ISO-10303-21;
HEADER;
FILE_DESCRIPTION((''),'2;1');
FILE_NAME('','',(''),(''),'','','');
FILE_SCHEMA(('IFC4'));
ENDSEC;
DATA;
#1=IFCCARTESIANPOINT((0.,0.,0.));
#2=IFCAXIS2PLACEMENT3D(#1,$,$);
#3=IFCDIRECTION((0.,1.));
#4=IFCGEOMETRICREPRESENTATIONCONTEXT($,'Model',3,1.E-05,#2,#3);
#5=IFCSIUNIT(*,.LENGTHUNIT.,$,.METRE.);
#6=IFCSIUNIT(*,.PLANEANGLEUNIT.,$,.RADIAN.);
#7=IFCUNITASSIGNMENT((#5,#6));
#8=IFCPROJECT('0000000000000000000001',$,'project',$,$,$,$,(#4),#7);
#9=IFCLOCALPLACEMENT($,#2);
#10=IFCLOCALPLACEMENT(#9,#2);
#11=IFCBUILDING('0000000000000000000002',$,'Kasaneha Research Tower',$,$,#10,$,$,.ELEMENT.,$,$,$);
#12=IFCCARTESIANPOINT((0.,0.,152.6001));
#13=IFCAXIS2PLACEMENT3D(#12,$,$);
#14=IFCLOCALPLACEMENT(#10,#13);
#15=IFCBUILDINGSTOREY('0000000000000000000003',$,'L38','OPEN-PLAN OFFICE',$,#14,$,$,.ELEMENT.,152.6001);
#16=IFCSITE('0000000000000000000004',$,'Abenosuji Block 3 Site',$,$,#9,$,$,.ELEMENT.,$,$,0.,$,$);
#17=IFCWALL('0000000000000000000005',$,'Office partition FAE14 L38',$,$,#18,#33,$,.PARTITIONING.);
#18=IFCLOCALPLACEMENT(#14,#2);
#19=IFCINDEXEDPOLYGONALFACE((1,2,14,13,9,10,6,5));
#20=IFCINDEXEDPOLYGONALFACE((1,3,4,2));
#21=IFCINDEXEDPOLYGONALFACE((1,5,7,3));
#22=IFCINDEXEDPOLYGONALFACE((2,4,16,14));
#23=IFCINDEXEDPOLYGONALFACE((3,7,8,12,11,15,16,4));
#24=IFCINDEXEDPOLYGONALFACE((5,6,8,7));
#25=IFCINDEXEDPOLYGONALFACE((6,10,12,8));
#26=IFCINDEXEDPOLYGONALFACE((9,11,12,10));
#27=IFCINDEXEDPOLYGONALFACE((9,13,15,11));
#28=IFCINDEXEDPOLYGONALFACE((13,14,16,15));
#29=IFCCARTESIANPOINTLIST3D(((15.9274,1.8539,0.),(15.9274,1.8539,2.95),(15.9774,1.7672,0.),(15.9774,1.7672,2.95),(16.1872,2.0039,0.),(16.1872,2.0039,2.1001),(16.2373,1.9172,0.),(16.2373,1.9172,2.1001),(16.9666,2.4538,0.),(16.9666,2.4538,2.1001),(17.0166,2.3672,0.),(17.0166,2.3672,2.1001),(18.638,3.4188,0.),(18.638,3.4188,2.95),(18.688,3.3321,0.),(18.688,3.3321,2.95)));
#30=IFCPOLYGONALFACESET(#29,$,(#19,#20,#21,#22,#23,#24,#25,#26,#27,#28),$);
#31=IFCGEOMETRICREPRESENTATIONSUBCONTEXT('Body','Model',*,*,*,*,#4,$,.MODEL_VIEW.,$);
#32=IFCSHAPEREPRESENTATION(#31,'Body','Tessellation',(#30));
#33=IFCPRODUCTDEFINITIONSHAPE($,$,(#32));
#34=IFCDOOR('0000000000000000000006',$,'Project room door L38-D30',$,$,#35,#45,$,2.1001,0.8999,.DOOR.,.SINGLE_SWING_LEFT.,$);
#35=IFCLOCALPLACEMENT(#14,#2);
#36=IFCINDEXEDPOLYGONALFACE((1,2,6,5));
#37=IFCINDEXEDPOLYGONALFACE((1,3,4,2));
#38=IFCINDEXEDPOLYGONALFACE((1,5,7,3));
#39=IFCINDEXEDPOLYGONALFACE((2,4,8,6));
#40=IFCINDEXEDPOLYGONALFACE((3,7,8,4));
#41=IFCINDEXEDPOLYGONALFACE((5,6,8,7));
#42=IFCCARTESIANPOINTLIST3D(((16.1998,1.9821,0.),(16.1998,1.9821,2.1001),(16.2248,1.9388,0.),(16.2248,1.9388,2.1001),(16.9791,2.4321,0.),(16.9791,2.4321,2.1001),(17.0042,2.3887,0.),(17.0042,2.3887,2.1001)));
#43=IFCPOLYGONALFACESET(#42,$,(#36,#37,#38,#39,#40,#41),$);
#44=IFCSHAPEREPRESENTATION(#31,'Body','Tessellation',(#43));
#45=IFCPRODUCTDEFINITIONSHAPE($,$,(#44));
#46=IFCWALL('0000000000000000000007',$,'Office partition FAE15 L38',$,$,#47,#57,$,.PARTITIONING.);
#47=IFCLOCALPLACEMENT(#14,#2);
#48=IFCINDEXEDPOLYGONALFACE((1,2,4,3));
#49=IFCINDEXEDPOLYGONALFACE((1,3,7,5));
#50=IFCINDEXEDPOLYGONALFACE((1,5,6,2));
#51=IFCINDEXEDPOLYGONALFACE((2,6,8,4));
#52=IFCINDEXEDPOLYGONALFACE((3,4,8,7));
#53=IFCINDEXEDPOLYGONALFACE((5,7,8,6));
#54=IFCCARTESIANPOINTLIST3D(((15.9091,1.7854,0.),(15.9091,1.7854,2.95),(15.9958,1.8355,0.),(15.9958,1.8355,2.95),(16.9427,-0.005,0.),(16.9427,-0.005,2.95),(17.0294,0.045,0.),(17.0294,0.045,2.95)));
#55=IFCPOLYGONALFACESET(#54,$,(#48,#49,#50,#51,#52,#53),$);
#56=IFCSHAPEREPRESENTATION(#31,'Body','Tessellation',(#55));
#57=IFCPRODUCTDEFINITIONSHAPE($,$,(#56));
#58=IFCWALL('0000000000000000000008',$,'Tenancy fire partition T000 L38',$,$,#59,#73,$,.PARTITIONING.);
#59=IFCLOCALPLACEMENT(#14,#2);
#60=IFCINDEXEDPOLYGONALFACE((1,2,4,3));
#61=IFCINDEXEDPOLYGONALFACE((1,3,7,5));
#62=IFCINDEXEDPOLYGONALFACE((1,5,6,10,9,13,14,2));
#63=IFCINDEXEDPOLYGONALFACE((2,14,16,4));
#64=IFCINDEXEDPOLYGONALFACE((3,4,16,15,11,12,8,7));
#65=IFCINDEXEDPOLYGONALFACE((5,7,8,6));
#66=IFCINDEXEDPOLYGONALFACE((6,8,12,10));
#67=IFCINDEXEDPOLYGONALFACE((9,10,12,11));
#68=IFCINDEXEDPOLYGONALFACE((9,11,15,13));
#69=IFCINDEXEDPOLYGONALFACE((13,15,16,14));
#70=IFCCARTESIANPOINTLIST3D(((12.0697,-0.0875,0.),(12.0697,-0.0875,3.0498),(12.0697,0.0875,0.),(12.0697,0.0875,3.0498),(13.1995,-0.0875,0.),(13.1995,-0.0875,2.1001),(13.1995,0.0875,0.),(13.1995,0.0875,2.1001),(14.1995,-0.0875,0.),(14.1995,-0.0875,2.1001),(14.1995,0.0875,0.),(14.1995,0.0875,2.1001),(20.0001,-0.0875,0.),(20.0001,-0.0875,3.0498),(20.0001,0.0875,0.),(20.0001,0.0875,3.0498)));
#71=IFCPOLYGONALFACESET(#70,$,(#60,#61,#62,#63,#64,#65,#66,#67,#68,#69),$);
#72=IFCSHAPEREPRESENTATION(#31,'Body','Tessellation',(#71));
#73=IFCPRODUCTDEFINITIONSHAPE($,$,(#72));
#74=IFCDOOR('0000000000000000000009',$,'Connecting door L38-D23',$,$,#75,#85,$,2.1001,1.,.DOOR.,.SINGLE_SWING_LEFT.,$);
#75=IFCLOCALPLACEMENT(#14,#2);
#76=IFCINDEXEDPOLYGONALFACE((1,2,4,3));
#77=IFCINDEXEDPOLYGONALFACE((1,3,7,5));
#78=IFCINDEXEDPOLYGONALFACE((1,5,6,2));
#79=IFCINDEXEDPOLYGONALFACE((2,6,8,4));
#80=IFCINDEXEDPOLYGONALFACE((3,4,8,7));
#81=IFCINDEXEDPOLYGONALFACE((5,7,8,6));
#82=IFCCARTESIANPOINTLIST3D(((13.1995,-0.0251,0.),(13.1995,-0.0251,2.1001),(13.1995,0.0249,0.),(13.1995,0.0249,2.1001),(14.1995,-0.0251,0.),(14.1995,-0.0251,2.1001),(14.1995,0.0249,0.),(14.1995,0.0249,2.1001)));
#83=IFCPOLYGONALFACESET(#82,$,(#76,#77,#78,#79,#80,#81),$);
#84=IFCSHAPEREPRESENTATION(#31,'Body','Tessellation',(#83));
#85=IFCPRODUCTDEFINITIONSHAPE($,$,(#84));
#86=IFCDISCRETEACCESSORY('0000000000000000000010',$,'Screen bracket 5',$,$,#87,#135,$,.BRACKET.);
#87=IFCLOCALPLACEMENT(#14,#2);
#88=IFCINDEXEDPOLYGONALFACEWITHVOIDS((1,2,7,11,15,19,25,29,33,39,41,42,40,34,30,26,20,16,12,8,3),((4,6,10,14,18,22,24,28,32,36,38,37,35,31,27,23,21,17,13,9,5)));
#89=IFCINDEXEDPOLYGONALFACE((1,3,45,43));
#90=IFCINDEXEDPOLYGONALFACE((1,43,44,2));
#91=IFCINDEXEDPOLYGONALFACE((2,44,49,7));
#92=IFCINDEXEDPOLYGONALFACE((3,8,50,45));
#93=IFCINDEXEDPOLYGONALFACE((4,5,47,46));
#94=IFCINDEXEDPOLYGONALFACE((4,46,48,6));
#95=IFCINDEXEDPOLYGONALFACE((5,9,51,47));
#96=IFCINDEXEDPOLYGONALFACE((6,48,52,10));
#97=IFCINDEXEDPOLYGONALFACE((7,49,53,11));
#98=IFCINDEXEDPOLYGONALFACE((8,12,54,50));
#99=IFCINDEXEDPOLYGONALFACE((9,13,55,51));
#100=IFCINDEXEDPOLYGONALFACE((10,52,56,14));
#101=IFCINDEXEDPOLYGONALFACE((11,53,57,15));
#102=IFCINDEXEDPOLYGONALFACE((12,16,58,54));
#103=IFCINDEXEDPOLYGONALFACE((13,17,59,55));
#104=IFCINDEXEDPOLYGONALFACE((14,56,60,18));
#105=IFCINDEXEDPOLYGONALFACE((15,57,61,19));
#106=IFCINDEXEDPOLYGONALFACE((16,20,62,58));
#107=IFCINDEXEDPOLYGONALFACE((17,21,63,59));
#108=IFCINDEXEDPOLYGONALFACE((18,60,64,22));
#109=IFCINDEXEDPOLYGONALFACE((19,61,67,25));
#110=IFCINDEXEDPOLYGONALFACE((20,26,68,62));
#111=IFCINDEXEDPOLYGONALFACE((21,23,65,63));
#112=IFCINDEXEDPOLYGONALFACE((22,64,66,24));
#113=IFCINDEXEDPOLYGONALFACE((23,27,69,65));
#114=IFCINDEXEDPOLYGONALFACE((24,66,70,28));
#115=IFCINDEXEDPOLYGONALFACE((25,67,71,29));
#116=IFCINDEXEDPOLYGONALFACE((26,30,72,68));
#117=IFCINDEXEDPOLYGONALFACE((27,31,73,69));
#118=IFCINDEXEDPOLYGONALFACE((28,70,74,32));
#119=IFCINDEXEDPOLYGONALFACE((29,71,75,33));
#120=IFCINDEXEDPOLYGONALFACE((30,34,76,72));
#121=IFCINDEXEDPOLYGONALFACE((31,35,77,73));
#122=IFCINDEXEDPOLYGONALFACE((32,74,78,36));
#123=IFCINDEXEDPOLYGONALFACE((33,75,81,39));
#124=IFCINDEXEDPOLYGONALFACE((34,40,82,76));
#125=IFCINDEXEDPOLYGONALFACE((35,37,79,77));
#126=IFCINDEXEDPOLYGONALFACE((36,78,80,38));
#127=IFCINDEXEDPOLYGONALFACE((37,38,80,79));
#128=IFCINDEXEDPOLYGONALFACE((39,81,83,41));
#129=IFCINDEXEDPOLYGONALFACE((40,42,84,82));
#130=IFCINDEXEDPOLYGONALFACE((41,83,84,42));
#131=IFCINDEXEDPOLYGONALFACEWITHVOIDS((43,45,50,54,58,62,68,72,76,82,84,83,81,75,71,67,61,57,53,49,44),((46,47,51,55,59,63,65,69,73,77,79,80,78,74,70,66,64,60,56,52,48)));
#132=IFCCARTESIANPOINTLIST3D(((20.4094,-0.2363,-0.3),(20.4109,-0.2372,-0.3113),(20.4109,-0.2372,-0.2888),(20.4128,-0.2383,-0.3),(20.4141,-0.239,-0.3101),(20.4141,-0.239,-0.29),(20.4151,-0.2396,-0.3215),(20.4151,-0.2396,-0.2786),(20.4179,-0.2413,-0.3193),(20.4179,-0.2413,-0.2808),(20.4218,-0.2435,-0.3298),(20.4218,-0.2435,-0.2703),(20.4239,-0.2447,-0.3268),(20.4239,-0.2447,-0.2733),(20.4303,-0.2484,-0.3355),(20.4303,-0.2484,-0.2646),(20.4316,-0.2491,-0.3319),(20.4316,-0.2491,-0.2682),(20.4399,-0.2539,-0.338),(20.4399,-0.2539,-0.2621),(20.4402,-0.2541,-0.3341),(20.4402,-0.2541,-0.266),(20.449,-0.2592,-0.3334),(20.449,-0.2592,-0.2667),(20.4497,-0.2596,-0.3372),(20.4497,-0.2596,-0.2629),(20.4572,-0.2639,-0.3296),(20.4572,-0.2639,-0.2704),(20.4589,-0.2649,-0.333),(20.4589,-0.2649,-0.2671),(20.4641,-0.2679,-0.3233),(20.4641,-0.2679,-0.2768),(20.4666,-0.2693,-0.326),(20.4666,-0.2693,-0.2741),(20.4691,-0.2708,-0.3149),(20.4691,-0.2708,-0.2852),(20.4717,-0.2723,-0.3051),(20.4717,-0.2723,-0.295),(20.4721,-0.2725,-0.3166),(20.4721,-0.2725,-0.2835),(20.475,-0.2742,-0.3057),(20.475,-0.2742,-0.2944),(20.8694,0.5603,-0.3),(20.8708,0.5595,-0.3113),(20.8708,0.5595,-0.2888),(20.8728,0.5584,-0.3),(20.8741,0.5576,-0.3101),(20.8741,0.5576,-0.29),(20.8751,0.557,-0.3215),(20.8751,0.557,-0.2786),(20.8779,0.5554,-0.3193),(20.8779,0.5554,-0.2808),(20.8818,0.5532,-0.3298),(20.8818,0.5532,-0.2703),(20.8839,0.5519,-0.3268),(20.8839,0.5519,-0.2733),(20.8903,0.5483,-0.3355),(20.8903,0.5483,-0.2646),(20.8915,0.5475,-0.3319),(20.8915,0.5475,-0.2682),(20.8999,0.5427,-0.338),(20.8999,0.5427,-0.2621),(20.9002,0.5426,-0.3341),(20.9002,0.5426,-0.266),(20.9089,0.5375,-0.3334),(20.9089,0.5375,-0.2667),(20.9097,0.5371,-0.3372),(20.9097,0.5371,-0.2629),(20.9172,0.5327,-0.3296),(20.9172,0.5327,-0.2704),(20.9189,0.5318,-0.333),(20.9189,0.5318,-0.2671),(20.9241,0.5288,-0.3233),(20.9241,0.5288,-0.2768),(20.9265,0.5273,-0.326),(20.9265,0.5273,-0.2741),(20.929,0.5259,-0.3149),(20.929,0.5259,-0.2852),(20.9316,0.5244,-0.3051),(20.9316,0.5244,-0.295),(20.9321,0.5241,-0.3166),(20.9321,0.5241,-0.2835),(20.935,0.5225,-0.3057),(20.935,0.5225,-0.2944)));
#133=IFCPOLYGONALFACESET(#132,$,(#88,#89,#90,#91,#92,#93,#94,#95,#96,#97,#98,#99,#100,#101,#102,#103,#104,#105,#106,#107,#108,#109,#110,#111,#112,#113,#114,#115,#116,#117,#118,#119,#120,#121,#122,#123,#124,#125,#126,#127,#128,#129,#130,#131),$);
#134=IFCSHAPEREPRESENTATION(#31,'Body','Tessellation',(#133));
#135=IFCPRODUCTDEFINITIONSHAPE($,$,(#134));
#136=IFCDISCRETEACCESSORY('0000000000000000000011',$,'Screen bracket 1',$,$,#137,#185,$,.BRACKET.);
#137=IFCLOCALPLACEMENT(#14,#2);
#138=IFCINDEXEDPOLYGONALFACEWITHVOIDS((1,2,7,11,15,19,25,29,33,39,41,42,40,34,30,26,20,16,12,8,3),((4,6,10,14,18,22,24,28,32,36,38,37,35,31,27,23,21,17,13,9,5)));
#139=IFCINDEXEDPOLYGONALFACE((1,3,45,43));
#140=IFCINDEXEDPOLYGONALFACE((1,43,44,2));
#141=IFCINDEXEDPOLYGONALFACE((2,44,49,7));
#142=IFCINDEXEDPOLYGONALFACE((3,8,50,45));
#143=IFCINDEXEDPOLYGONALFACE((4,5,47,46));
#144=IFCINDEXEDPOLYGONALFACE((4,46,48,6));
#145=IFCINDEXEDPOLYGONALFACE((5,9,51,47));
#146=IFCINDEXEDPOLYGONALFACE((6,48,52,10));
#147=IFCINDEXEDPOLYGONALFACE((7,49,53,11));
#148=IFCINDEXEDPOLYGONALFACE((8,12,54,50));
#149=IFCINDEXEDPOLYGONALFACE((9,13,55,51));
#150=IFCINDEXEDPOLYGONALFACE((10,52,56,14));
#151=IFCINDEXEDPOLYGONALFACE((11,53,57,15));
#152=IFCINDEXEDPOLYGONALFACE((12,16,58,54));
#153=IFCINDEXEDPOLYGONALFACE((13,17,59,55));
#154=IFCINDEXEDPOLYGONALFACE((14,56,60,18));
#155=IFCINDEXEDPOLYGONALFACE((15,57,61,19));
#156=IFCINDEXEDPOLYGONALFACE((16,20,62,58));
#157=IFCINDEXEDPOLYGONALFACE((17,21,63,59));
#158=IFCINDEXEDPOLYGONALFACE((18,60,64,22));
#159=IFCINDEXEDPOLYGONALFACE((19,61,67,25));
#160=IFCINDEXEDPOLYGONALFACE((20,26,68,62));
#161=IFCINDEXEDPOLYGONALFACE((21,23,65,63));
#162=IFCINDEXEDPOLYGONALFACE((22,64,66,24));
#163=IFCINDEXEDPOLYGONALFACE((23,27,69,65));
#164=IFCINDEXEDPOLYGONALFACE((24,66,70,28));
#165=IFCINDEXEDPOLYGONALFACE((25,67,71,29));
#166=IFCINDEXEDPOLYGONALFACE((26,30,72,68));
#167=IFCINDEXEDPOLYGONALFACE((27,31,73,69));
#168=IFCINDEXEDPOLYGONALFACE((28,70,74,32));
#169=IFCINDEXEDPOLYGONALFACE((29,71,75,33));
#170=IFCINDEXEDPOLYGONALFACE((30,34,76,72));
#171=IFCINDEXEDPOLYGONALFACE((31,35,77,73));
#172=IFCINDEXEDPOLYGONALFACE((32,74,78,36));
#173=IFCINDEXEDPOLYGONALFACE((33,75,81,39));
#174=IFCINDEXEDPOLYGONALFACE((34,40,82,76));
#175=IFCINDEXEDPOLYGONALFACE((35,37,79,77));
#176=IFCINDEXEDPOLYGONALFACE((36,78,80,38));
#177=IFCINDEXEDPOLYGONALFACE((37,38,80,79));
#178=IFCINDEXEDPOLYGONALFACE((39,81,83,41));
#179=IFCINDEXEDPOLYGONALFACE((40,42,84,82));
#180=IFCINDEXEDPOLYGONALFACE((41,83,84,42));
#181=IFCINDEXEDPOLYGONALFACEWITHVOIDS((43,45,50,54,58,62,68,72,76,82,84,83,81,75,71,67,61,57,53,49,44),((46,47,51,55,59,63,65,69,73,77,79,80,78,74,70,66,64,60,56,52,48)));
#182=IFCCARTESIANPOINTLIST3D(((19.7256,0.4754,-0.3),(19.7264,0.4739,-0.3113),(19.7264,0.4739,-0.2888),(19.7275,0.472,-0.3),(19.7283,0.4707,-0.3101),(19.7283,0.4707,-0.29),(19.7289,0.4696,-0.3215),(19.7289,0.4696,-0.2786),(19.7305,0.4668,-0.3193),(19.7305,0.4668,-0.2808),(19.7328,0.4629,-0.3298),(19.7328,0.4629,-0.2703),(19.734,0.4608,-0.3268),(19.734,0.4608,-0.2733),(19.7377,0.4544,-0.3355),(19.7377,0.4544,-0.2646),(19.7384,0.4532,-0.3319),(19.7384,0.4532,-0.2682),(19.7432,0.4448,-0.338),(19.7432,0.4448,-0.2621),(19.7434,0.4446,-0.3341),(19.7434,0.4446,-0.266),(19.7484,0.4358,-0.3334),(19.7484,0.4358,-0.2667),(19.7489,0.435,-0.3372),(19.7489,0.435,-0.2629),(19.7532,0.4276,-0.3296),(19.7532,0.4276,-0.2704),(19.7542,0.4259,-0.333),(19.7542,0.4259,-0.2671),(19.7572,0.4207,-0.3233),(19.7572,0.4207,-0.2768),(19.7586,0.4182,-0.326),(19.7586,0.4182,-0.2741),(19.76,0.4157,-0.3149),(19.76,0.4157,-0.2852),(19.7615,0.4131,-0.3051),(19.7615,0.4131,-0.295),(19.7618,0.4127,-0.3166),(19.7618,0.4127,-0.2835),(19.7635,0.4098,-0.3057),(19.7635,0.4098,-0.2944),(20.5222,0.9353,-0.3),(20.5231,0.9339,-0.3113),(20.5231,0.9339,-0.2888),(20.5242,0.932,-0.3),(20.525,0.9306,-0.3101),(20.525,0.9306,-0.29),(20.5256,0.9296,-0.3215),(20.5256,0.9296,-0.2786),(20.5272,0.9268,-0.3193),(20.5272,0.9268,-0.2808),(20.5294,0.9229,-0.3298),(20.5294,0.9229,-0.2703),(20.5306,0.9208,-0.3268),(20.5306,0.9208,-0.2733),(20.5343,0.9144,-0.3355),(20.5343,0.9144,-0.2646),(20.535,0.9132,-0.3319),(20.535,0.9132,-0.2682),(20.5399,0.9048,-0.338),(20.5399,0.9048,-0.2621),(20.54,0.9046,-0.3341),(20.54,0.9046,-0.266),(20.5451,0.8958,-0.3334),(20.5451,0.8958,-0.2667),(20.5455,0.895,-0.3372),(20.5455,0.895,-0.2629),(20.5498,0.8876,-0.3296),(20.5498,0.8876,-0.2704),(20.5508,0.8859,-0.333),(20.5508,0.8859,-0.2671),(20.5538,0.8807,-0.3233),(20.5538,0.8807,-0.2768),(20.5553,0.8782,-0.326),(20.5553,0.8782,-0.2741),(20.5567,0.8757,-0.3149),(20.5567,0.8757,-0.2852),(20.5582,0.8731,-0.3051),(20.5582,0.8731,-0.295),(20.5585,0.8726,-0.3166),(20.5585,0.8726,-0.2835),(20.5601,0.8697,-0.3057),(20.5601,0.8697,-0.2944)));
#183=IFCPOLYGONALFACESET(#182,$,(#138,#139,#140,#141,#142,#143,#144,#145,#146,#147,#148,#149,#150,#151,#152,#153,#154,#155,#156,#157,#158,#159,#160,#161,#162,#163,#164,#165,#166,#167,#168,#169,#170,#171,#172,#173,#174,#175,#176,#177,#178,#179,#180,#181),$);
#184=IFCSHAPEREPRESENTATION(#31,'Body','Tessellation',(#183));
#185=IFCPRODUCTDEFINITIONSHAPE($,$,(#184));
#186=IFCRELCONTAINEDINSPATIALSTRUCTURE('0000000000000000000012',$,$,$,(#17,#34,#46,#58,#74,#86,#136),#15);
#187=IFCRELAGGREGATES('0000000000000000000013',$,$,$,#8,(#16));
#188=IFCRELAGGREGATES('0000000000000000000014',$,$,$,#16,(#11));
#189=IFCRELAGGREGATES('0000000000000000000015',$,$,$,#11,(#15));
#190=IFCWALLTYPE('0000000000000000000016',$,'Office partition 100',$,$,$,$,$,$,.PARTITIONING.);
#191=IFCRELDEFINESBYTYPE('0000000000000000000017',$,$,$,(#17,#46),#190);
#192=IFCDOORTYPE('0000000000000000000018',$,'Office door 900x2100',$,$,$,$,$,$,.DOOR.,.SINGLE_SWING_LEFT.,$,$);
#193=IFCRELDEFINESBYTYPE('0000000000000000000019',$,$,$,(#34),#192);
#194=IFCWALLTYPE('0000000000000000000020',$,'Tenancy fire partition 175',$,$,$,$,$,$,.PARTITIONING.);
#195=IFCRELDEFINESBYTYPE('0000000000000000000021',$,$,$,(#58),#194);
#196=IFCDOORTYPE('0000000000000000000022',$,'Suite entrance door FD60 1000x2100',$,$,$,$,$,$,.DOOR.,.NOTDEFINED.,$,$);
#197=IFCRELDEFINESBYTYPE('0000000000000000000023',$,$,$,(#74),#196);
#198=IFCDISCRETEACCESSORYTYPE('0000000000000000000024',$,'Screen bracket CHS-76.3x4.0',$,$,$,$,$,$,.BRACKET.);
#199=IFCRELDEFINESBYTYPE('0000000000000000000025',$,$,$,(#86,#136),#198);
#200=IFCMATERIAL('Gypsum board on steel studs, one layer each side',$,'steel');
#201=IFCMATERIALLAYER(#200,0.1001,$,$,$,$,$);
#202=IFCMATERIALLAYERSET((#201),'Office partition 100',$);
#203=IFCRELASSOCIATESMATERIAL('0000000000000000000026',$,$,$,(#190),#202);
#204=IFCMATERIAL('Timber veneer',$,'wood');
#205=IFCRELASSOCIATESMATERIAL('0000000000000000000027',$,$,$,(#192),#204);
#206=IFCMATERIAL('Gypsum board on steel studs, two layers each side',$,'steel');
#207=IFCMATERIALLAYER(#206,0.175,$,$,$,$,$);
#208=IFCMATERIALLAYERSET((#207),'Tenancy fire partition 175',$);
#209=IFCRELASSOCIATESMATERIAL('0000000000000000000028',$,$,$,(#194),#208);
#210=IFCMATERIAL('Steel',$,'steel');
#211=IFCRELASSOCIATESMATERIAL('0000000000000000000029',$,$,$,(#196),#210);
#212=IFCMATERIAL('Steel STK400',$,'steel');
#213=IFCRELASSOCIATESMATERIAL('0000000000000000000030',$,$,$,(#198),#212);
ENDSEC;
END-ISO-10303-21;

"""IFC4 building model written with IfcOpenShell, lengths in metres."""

from ifc_helpers import new_model, si_unit, direction, frame, frame_2d, origin, origin_2d, place, context, subcontext, project, spatial, rectangle, hollow_circle, extrude, material, layer, layer_set, material_profile, profile_set, type_object, element, fill, save


model = new_model("IFC4")

# Units and contexts
model_context = context("Model", 3, precision=1e-05, world=origin(), true_north=direction((0.0, 1.0)))
body_context = subcontext(model_context, "Body", "Model", "MODEL_VIEW")
ifc_project = project(units=[si_unit("LENGTHUNIT", "METRE"), si_unit("PLANEANGLEUNIT", "RADIAN")], contexts=[model_context])

# Site, building, storey
site_placement = place(None, origin())
site = spatial("IfcSite", under=ifc_project, at=site_placement, Name="Abenosuji Block 3 Site", CompositionType="ELEMENT", RefElevation=0.0)
building_placement = place(site_placement, origin())
building = spatial("IfcBuilding", under=site, at=building_placement, Name="Kasaneha Research Tower", CompositionType="ELEMENT")
storey_placement = place(building_placement, frame((0.0, 0.0, 152.6001)))
storey = spatial("IfcBuildingStorey", under=building, at=storey_placement, Name="L38", Description="OPEN-PLAN OFFICE", CompositionType="ELEMENT", Elevation=152.6001)

# Shared definitions
ifc_material_1 = material(Name="Gypsum board on steel studs, one layer each side", Category="steel")
ifc_layer_1 = layer(ifc_material_1, 0.1001)
ifc_layer_set_1 = layer_set([ifc_layer_1], Name="Office partition 100")
wall_type_1 = type_object("IfcWallType", Name="Office partition 100", PredefinedType="PARTITIONING", material=ifc_layer_set_1)

# Shared definitions
ifc_material_2 = material(Name="Timber veneer", Category="wood")
door_type_1 = type_object("IfcDoorType", Name="Office door 900x2100", OperationType="SINGLE_SWING_LEFT", PredefinedType="DOOR", material=ifc_material_2)

# Wall, opening, door
wall_1_placement = place(storey_placement, frame((15.9524, 1.8105, 0.0), z_axis=(0.0, 0.0, 1.0), x_axis=(0.866036, 0.499981, 0.0)))
wall_1 = element("IfcWall", 1, at=wall_1_placement, inside=storey, type_object=wall_type_1, Name="Office partition FAE14 L38", PredefinedType="PARTITIONING", context=body_context, shape_type="SweptSolid", body=[
    extrude(rectangle(XDim=3.1299, YDim=0.1001, at=frame_2d((1.5649, 0.0))), origin(), (0.0, 0.0, 1.0), 2.95),
])
opening_1_placement = place(wall_1_placement, frame((0.3, 0.0, 0.0)))
opening_1 = element("IfcOpeningElement", 2, at=opening_1_placement, cuts=wall_1, PredefinedType="OPENING", context=body_context, shape_type="SweptSolid", body=[
    extrude(rectangle(XDim=0.8999, YDim=2.1001, at=frame_2d((0.45, 1.05))), frame((0.0, 0.0601, 0.0), z_axis=(0.0, -1.0, 0.0), x_axis=(1.0, 0.0, 0.0)), (0.0, 0.0, 1.0), 0.1201),
])
door_1_placement = place(opening_1_placement, origin())
door_1 = element("IfcDoor", 3, at=door_1_placement, inside=storey, type_object=door_type_1, Name="Project room door L38-D30", OperationType="SINGLE_SWING_LEFT", OverallHeight=2.1001, OverallWidth=0.8999, PredefinedType="DOOR", context=body_context, shape_type="SweptSolid", body=[
    extrude(rectangle(XDim=0.8999, YDim=2.1001, at=frame_2d((0.45, 1.05))), frame((0.0, 0.0249, 0.0), z_axis=(0.0, -1.0, 0.0), x_axis=(1.0, 0.0, 0.0)), (0.0, 0.0, 1.0), 0.05),
])
fill(opening_1, door_1)

# Wall
wall_2_placement = place(storey_placement, frame((16.9861, 0.02, 0.0), z_axis=(0.0, 0.0, 1.0), x_axis=(-0.499975, 0.86604, 0.0)))
element("IfcWall", 4, at=wall_2_placement, inside=storey, type_object=wall_type_1, Name="Office partition FAE15 L38", PredefinedType="PARTITIONING", context=body_context, shape_type="SweptSolid", body=[
    extrude(rectangle(XDim=2.0674, YDim=0.1001, at=frame_2d((1.0337, 0.0))), origin(), (0.0, 0.0, 1.0), 2.95),
])

# Wall, opening, door
ifc_material_3 = material(Name="Gypsum board on steel studs, two layers each side", Category="steel")
ifc_layer_2 = layer(ifc_material_3, 0.175)
ifc_layer_set_2 = layer_set([ifc_layer_2], Name="Tenancy fire partition 175")
wall_type_2 = type_object("IfcWallType", Name="Tenancy fire partition 175", PredefinedType="PARTITIONING", material=ifc_layer_set_2)
wall_3_placement = place(storey_placement, frame((12.0696, 0.0, 0.0), z_axis=(0.0, 0.0, 1.0), x_axis=(1.0, 0.0, 0.0)))
wall_3 = element("IfcWall", 5, at=wall_3_placement, inside=storey, type_object=wall_type_2, Name="Tenancy fire partition T000 L38", PredefinedType="PARTITIONING", context=body_context, shape_type="SweptSolid", body=[
    extrude(rectangle(XDim=7.9304, YDim=0.175, at=frame_2d((3.9653, 0.0))), origin(), (0.0, 0.0, 1.0), 3.0498),
])
opening_2_placement = place(wall_3_placement, frame((1.1299, 0.0, 0.0)))
opening_2 = element("IfcOpeningElement", 6, at=opening_2_placement, cuts=wall_3, PredefinedType="OPENING", context=body_context, shape_type="SweptSolid", body=[
    extrude(rectangle(XDim=1.0, YDim=2.1001, at=frame_2d((0.5, 1.05))), frame((0.0, 0.0977, 0.0), z_axis=(0.0, -1.0, 0.0), x_axis=(1.0, 0.0, 0.0)), (0.0, 0.0, 1.0), 0.1951),
])
ifc_material_4 = material(Name="Steel", Category="steel")
door_type_2 = type_object("IfcDoorType", Name="Suite entrance door FD60 1000x2100", OperationType="NOTDEFINED", PredefinedType="DOOR", material=ifc_material_4)
door_2_placement = place(opening_2_placement, origin())
door_2 = element("IfcDoor", 7, at=door_2_placement, inside=storey, type_object=door_type_2, Name="Connecting door L38-D23", OperationType="SINGLE_SWING_LEFT", OverallHeight=2.1001, OverallWidth=1.0, PredefinedType="DOOR", context=body_context, shape_type="SweptSolid", body=[
    extrude(rectangle(XDim=1.0, YDim=2.1001, at=frame_2d((0.5, 1.05))), frame((0.0, 0.0249, 0.0), z_axis=(0.0, -1.0, 0.0), x_axis=(1.0, 0.0, 0.0)), (0.0, 0.0, 1.0), 0.05),
])
fill(opening_2, door_2)

# Discrete accessories
ifc_material_5 = material(Name="Steel STK400", Category="steel")
ifc_material_profile_1 = material_profile(ifc_material_5, hollow_circle(Radius=0.0381, WallThickness=0.0039, at=origin_2d()), Name="CHS-76.3x4.0")
ifc_profile_set_1 = profile_set([ifc_material_profile_1], Name="Steel STK400")
discrete_accessory_type = type_object("IfcDiscreteAccessoryType", Name="Screen bracket CHS-76.3x4.0", PredefinedType="BRACKET", material=ifc_profile_set_1)
for number, where, z_axis, x_axis, name in (
    (8, (20.4424, -0.2554, -0.3), (0.500021, 0.866013, 0.0), (-0.866013, 0.500021, 0.0), "Screen bracket 5"),
    (9, (19.7446, 0.4424, -0.3), (0.866013, 0.500021, 0.0), (-0.500021, 0.866013, 0.0), "Screen bracket 1"),
):
    element("IfcDiscreteAccessory", number, at=place(storey_placement, frame(where, z_axis=z_axis, x_axis=x_axis)), inside=storey, type_object=discrete_accessory_type, Name=name, PredefinedType="BRACKET", context=body_context, shape_type="SweptSolid", body=[
        extrude(hollow_circle(Radius=0.0381, WallThickness=0.0039, at=origin_2d()), origin(), (0.0, 0.0, 1.0), 0.9199),
    ])

save(model, "model.ifc")
